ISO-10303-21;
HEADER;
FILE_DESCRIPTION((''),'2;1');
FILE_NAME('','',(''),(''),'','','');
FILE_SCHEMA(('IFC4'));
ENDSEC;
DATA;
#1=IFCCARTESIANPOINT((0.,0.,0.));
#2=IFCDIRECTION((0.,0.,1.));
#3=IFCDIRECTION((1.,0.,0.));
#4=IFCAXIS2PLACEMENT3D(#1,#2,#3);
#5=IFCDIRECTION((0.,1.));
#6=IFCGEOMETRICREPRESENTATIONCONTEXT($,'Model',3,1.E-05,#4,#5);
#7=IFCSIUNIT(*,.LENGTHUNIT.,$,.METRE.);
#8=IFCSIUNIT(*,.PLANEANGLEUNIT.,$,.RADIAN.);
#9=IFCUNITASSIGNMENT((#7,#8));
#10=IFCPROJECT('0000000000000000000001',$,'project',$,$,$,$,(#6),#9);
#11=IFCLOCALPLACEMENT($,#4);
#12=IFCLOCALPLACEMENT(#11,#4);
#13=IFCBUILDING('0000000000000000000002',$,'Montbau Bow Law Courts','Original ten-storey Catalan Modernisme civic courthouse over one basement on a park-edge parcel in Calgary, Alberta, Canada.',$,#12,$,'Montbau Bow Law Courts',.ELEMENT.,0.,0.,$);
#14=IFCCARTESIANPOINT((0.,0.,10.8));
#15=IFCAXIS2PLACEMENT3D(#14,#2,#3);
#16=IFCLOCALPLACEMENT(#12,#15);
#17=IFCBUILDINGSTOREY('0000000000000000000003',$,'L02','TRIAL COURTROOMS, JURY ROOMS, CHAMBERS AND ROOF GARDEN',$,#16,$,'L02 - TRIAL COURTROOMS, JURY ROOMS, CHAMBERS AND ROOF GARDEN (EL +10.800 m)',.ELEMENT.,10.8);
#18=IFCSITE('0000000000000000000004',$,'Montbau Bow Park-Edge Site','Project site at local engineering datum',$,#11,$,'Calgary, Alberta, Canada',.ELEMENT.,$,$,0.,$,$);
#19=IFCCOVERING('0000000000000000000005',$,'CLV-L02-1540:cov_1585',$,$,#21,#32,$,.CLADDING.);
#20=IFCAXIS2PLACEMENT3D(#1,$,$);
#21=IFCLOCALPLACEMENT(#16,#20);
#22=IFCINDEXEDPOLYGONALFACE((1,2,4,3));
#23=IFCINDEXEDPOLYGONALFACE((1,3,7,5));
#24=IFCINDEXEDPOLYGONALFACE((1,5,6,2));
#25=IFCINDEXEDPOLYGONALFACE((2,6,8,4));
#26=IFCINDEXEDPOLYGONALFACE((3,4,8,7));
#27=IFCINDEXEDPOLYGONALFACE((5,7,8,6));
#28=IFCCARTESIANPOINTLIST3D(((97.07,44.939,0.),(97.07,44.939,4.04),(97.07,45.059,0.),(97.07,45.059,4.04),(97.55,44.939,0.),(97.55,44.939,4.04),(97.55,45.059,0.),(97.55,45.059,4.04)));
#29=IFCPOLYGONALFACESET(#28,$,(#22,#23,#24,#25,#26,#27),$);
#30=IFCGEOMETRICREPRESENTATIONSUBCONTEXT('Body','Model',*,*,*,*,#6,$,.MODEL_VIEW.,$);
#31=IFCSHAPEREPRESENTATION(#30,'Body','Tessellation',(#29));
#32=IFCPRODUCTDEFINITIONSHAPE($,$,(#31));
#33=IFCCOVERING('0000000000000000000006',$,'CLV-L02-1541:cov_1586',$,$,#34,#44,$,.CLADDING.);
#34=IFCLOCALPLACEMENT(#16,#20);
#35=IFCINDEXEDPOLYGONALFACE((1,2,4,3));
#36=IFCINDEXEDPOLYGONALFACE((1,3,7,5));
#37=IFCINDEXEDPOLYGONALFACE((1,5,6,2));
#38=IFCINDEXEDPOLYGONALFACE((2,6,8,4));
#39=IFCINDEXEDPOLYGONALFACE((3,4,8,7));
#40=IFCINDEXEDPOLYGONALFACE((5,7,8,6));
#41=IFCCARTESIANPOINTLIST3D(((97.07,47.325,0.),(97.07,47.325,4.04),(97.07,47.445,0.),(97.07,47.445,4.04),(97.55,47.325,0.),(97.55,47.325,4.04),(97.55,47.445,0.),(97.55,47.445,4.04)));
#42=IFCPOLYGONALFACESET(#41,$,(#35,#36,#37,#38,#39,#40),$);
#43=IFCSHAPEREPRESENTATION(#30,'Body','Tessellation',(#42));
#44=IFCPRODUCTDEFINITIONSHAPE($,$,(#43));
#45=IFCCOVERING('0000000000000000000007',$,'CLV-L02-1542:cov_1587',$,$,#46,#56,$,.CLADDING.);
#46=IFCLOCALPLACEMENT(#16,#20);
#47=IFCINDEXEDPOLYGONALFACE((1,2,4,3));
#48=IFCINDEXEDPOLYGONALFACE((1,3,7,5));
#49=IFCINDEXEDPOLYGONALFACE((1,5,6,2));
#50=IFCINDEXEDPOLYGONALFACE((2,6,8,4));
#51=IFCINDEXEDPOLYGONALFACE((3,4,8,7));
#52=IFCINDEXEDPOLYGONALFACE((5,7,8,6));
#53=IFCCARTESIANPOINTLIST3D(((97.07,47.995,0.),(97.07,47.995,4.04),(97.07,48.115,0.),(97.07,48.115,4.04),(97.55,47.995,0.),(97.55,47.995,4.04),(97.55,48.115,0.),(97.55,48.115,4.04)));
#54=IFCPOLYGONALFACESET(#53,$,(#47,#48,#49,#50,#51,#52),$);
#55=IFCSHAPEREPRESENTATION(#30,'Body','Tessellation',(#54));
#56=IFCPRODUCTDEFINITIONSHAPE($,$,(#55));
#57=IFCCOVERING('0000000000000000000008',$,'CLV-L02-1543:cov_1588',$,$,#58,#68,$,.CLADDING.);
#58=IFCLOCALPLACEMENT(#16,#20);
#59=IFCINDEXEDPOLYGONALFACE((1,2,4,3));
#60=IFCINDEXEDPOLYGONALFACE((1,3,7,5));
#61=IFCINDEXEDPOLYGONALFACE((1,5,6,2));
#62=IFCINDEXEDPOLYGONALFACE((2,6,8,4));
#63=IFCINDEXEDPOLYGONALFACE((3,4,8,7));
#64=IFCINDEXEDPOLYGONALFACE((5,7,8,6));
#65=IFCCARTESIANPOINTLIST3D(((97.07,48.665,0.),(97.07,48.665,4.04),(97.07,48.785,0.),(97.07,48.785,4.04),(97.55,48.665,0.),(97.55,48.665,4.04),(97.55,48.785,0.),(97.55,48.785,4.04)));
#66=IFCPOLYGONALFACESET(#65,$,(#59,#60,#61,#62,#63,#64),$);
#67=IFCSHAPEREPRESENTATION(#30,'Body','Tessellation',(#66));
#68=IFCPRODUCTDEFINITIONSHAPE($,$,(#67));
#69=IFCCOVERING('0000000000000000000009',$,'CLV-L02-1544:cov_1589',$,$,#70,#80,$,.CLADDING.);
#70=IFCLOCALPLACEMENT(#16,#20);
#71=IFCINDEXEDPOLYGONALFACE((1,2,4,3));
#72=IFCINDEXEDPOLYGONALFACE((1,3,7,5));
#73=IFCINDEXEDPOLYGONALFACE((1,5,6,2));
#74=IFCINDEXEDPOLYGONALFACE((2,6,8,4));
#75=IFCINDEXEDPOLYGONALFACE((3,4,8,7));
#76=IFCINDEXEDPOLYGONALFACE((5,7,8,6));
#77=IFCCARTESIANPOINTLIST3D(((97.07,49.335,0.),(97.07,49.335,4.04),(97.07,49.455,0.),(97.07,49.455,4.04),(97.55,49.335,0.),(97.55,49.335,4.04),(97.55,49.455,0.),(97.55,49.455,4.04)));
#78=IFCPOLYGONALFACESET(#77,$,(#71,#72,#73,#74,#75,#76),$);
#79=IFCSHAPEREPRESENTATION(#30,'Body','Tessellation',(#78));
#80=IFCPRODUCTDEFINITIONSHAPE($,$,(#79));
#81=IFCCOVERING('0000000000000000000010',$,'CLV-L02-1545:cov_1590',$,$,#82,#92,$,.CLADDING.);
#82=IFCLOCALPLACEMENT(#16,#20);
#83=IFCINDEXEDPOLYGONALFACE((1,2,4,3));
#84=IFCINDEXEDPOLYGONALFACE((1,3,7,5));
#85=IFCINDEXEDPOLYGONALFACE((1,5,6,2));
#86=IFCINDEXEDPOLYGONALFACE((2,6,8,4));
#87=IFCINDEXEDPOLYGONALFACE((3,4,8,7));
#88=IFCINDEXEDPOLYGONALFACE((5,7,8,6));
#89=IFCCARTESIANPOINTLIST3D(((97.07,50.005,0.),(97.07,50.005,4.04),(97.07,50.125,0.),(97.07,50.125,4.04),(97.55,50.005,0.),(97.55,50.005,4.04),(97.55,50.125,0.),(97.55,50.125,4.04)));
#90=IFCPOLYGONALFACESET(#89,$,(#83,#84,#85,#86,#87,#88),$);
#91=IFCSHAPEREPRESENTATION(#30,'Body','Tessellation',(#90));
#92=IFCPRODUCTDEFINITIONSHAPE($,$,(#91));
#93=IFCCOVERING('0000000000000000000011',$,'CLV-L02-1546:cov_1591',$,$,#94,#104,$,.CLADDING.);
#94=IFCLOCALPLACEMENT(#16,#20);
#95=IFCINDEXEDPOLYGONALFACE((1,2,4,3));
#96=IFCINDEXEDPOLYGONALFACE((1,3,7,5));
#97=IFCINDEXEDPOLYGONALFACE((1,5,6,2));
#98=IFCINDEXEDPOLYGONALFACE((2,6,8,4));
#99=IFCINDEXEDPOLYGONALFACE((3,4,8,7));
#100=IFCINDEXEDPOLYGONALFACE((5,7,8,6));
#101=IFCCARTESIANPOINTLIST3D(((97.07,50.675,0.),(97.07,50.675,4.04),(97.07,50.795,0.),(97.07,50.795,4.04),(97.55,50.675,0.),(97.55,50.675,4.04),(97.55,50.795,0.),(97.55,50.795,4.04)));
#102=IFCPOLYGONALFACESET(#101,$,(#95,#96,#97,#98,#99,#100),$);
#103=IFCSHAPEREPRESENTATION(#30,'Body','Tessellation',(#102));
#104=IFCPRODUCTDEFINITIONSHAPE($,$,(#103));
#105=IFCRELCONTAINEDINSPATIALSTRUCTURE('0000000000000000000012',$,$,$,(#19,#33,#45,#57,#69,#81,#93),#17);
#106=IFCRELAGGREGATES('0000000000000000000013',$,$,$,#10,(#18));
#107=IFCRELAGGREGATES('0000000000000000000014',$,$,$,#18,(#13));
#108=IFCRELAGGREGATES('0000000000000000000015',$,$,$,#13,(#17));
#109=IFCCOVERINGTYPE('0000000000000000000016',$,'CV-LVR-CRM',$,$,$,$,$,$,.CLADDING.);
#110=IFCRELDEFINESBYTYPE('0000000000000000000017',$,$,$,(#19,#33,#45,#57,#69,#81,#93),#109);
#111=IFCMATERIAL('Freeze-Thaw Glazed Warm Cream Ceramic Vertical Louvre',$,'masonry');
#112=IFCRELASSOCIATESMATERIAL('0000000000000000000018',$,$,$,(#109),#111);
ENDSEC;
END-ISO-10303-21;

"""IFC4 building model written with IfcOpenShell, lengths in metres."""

from ifc_helpers import new_model, si_unit, direction, frame, frame_2d, origin_with_axes, place, context, subcontext, project, spatial, rectangle, extrude, material, type_object, element, save


model = new_model("IFC4")

# Units and contexts
model_context = context("Model", 3, precision=1e-05, world=origin_with_axes(), true_north=direction((0.0, 1.0)))
body_context = subcontext(model_context, "Body", "Model", "MODEL_VIEW")
ifc_project = project(units=[si_unit("LENGTHUNIT", "METRE"), si_unit("PLANEANGLEUNIT", "RADIAN")], contexts=[model_context])

# Site, building, storey
site_placement = place(None, origin_with_axes())
site = spatial("IfcSite", under=ifc_project, at=site_placement, Name="Montbau Bow Park-Edge Site", Description="Project site at local engineering datum", LongName="Calgary, Alberta, Canada", CompositionType="ELEMENT", RefElevation=0.0)
building_placement = place(site_placement, origin_with_axes())
building = spatial("IfcBuilding", under=site, at=building_placement, Name="Montbau Bow Law Courts", Description="Original ten-storey Catalan Modernisme civic courthouse over one basement on a park-edge parcel in Calgary, Alberta, Canada.", LongName="Montbau Bow Law Courts", CompositionType="ELEMENT", ElevationOfRefHeight=0.0, ElevationOfTerrain=0.0)
storey_placement = place(building_placement, frame((0.0, 0.0, 10.8), z_axis=(0.0, 0.0, 1.0), x_axis=(1.0, 0.0, 0.0)))
storey = spatial("IfcBuildingStorey", under=building, at=storey_placement, Name="L02", Description="TRIAL COURTROOMS, JURY ROOMS, CHAMBERS AND ROOF GARDEN", LongName="L02 - TRIAL COURTROOMS, JURY ROOMS, CHAMBERS AND ROOF GARDEN (EL +10.800 m)", CompositionType="ELEMENT", Elevation=10.8)

# Coverings
ifc_material_1 = material(Name="Freeze-Thaw Glazed Warm Cream Ceramic Vertical Louvre", Category="masonry")
covering_type = type_object("IfcCoveringType", Name="CV-LVR-CRM", PredefinedType="CLADDING", material=ifc_material_1)
for number, where, z_axis, x_axis, name in (
    (1, (97.07, 44.999, 10.8), (0.0, -1.0, 0.0), (1.0, 0.0, 0.0), "CLV-L02-1540:cov_1585"),
    (2, (97.07, 47.385, 10.8), (0.0, -1.0, 0.0), (1.0, 0.0, 0.0), "CLV-L02-1541:cov_1586"),
    (3, (97.07, 48.055, 10.8), (0.0, -1.0, 0.0), (1.0, 0.0, 0.0), "CLV-L02-1542:cov_1587"),
    (4, (97.07, 48.725, 10.8), (0.0, -1.0, 0.0), (1.0, 0.0, 0.0), "CLV-L02-1543:cov_1588"),
    (5, (97.07, 49.395, 10.8), (0.0, -1.0, 0.0), (1.0, 0.0, 0.0), "CLV-L02-1544:cov_1589"),
    (6, (97.07, 50.065, 10.8), (0.0, -1.0, 0.0), (1.0, 0.0, 0.0), "CLV-L02-1545:cov_1590"),
    (7, (97.07, 50.735, 10.8), (0.0, -1.0, 0.0), (1.0, 0.0, 0.0), "CLV-L02-1546:cov_1591"),
):
    element("IfcCovering", number, at=place(None, frame(where, z_axis=z_axis, x_axis=x_axis)), inside=storey, type_object=covering_type, Name=name, PredefinedType="CLADDING", context=body_context, shape_type="SweptSolid", body=[
        extrude(rectangle(XDim=0.48, YDim=4.04, at=frame_2d((0.24, 2.02), x_axis=(1.0, 0.0))), frame((0.0, 0.0, -0.06), z_axis=(0.0, 0.0, 1.0), x_axis=(1.0, 0.0, 0.0)), (0.0, 0.0, 1.0), 0.12),
    ])

save(model, "model.ifc")
